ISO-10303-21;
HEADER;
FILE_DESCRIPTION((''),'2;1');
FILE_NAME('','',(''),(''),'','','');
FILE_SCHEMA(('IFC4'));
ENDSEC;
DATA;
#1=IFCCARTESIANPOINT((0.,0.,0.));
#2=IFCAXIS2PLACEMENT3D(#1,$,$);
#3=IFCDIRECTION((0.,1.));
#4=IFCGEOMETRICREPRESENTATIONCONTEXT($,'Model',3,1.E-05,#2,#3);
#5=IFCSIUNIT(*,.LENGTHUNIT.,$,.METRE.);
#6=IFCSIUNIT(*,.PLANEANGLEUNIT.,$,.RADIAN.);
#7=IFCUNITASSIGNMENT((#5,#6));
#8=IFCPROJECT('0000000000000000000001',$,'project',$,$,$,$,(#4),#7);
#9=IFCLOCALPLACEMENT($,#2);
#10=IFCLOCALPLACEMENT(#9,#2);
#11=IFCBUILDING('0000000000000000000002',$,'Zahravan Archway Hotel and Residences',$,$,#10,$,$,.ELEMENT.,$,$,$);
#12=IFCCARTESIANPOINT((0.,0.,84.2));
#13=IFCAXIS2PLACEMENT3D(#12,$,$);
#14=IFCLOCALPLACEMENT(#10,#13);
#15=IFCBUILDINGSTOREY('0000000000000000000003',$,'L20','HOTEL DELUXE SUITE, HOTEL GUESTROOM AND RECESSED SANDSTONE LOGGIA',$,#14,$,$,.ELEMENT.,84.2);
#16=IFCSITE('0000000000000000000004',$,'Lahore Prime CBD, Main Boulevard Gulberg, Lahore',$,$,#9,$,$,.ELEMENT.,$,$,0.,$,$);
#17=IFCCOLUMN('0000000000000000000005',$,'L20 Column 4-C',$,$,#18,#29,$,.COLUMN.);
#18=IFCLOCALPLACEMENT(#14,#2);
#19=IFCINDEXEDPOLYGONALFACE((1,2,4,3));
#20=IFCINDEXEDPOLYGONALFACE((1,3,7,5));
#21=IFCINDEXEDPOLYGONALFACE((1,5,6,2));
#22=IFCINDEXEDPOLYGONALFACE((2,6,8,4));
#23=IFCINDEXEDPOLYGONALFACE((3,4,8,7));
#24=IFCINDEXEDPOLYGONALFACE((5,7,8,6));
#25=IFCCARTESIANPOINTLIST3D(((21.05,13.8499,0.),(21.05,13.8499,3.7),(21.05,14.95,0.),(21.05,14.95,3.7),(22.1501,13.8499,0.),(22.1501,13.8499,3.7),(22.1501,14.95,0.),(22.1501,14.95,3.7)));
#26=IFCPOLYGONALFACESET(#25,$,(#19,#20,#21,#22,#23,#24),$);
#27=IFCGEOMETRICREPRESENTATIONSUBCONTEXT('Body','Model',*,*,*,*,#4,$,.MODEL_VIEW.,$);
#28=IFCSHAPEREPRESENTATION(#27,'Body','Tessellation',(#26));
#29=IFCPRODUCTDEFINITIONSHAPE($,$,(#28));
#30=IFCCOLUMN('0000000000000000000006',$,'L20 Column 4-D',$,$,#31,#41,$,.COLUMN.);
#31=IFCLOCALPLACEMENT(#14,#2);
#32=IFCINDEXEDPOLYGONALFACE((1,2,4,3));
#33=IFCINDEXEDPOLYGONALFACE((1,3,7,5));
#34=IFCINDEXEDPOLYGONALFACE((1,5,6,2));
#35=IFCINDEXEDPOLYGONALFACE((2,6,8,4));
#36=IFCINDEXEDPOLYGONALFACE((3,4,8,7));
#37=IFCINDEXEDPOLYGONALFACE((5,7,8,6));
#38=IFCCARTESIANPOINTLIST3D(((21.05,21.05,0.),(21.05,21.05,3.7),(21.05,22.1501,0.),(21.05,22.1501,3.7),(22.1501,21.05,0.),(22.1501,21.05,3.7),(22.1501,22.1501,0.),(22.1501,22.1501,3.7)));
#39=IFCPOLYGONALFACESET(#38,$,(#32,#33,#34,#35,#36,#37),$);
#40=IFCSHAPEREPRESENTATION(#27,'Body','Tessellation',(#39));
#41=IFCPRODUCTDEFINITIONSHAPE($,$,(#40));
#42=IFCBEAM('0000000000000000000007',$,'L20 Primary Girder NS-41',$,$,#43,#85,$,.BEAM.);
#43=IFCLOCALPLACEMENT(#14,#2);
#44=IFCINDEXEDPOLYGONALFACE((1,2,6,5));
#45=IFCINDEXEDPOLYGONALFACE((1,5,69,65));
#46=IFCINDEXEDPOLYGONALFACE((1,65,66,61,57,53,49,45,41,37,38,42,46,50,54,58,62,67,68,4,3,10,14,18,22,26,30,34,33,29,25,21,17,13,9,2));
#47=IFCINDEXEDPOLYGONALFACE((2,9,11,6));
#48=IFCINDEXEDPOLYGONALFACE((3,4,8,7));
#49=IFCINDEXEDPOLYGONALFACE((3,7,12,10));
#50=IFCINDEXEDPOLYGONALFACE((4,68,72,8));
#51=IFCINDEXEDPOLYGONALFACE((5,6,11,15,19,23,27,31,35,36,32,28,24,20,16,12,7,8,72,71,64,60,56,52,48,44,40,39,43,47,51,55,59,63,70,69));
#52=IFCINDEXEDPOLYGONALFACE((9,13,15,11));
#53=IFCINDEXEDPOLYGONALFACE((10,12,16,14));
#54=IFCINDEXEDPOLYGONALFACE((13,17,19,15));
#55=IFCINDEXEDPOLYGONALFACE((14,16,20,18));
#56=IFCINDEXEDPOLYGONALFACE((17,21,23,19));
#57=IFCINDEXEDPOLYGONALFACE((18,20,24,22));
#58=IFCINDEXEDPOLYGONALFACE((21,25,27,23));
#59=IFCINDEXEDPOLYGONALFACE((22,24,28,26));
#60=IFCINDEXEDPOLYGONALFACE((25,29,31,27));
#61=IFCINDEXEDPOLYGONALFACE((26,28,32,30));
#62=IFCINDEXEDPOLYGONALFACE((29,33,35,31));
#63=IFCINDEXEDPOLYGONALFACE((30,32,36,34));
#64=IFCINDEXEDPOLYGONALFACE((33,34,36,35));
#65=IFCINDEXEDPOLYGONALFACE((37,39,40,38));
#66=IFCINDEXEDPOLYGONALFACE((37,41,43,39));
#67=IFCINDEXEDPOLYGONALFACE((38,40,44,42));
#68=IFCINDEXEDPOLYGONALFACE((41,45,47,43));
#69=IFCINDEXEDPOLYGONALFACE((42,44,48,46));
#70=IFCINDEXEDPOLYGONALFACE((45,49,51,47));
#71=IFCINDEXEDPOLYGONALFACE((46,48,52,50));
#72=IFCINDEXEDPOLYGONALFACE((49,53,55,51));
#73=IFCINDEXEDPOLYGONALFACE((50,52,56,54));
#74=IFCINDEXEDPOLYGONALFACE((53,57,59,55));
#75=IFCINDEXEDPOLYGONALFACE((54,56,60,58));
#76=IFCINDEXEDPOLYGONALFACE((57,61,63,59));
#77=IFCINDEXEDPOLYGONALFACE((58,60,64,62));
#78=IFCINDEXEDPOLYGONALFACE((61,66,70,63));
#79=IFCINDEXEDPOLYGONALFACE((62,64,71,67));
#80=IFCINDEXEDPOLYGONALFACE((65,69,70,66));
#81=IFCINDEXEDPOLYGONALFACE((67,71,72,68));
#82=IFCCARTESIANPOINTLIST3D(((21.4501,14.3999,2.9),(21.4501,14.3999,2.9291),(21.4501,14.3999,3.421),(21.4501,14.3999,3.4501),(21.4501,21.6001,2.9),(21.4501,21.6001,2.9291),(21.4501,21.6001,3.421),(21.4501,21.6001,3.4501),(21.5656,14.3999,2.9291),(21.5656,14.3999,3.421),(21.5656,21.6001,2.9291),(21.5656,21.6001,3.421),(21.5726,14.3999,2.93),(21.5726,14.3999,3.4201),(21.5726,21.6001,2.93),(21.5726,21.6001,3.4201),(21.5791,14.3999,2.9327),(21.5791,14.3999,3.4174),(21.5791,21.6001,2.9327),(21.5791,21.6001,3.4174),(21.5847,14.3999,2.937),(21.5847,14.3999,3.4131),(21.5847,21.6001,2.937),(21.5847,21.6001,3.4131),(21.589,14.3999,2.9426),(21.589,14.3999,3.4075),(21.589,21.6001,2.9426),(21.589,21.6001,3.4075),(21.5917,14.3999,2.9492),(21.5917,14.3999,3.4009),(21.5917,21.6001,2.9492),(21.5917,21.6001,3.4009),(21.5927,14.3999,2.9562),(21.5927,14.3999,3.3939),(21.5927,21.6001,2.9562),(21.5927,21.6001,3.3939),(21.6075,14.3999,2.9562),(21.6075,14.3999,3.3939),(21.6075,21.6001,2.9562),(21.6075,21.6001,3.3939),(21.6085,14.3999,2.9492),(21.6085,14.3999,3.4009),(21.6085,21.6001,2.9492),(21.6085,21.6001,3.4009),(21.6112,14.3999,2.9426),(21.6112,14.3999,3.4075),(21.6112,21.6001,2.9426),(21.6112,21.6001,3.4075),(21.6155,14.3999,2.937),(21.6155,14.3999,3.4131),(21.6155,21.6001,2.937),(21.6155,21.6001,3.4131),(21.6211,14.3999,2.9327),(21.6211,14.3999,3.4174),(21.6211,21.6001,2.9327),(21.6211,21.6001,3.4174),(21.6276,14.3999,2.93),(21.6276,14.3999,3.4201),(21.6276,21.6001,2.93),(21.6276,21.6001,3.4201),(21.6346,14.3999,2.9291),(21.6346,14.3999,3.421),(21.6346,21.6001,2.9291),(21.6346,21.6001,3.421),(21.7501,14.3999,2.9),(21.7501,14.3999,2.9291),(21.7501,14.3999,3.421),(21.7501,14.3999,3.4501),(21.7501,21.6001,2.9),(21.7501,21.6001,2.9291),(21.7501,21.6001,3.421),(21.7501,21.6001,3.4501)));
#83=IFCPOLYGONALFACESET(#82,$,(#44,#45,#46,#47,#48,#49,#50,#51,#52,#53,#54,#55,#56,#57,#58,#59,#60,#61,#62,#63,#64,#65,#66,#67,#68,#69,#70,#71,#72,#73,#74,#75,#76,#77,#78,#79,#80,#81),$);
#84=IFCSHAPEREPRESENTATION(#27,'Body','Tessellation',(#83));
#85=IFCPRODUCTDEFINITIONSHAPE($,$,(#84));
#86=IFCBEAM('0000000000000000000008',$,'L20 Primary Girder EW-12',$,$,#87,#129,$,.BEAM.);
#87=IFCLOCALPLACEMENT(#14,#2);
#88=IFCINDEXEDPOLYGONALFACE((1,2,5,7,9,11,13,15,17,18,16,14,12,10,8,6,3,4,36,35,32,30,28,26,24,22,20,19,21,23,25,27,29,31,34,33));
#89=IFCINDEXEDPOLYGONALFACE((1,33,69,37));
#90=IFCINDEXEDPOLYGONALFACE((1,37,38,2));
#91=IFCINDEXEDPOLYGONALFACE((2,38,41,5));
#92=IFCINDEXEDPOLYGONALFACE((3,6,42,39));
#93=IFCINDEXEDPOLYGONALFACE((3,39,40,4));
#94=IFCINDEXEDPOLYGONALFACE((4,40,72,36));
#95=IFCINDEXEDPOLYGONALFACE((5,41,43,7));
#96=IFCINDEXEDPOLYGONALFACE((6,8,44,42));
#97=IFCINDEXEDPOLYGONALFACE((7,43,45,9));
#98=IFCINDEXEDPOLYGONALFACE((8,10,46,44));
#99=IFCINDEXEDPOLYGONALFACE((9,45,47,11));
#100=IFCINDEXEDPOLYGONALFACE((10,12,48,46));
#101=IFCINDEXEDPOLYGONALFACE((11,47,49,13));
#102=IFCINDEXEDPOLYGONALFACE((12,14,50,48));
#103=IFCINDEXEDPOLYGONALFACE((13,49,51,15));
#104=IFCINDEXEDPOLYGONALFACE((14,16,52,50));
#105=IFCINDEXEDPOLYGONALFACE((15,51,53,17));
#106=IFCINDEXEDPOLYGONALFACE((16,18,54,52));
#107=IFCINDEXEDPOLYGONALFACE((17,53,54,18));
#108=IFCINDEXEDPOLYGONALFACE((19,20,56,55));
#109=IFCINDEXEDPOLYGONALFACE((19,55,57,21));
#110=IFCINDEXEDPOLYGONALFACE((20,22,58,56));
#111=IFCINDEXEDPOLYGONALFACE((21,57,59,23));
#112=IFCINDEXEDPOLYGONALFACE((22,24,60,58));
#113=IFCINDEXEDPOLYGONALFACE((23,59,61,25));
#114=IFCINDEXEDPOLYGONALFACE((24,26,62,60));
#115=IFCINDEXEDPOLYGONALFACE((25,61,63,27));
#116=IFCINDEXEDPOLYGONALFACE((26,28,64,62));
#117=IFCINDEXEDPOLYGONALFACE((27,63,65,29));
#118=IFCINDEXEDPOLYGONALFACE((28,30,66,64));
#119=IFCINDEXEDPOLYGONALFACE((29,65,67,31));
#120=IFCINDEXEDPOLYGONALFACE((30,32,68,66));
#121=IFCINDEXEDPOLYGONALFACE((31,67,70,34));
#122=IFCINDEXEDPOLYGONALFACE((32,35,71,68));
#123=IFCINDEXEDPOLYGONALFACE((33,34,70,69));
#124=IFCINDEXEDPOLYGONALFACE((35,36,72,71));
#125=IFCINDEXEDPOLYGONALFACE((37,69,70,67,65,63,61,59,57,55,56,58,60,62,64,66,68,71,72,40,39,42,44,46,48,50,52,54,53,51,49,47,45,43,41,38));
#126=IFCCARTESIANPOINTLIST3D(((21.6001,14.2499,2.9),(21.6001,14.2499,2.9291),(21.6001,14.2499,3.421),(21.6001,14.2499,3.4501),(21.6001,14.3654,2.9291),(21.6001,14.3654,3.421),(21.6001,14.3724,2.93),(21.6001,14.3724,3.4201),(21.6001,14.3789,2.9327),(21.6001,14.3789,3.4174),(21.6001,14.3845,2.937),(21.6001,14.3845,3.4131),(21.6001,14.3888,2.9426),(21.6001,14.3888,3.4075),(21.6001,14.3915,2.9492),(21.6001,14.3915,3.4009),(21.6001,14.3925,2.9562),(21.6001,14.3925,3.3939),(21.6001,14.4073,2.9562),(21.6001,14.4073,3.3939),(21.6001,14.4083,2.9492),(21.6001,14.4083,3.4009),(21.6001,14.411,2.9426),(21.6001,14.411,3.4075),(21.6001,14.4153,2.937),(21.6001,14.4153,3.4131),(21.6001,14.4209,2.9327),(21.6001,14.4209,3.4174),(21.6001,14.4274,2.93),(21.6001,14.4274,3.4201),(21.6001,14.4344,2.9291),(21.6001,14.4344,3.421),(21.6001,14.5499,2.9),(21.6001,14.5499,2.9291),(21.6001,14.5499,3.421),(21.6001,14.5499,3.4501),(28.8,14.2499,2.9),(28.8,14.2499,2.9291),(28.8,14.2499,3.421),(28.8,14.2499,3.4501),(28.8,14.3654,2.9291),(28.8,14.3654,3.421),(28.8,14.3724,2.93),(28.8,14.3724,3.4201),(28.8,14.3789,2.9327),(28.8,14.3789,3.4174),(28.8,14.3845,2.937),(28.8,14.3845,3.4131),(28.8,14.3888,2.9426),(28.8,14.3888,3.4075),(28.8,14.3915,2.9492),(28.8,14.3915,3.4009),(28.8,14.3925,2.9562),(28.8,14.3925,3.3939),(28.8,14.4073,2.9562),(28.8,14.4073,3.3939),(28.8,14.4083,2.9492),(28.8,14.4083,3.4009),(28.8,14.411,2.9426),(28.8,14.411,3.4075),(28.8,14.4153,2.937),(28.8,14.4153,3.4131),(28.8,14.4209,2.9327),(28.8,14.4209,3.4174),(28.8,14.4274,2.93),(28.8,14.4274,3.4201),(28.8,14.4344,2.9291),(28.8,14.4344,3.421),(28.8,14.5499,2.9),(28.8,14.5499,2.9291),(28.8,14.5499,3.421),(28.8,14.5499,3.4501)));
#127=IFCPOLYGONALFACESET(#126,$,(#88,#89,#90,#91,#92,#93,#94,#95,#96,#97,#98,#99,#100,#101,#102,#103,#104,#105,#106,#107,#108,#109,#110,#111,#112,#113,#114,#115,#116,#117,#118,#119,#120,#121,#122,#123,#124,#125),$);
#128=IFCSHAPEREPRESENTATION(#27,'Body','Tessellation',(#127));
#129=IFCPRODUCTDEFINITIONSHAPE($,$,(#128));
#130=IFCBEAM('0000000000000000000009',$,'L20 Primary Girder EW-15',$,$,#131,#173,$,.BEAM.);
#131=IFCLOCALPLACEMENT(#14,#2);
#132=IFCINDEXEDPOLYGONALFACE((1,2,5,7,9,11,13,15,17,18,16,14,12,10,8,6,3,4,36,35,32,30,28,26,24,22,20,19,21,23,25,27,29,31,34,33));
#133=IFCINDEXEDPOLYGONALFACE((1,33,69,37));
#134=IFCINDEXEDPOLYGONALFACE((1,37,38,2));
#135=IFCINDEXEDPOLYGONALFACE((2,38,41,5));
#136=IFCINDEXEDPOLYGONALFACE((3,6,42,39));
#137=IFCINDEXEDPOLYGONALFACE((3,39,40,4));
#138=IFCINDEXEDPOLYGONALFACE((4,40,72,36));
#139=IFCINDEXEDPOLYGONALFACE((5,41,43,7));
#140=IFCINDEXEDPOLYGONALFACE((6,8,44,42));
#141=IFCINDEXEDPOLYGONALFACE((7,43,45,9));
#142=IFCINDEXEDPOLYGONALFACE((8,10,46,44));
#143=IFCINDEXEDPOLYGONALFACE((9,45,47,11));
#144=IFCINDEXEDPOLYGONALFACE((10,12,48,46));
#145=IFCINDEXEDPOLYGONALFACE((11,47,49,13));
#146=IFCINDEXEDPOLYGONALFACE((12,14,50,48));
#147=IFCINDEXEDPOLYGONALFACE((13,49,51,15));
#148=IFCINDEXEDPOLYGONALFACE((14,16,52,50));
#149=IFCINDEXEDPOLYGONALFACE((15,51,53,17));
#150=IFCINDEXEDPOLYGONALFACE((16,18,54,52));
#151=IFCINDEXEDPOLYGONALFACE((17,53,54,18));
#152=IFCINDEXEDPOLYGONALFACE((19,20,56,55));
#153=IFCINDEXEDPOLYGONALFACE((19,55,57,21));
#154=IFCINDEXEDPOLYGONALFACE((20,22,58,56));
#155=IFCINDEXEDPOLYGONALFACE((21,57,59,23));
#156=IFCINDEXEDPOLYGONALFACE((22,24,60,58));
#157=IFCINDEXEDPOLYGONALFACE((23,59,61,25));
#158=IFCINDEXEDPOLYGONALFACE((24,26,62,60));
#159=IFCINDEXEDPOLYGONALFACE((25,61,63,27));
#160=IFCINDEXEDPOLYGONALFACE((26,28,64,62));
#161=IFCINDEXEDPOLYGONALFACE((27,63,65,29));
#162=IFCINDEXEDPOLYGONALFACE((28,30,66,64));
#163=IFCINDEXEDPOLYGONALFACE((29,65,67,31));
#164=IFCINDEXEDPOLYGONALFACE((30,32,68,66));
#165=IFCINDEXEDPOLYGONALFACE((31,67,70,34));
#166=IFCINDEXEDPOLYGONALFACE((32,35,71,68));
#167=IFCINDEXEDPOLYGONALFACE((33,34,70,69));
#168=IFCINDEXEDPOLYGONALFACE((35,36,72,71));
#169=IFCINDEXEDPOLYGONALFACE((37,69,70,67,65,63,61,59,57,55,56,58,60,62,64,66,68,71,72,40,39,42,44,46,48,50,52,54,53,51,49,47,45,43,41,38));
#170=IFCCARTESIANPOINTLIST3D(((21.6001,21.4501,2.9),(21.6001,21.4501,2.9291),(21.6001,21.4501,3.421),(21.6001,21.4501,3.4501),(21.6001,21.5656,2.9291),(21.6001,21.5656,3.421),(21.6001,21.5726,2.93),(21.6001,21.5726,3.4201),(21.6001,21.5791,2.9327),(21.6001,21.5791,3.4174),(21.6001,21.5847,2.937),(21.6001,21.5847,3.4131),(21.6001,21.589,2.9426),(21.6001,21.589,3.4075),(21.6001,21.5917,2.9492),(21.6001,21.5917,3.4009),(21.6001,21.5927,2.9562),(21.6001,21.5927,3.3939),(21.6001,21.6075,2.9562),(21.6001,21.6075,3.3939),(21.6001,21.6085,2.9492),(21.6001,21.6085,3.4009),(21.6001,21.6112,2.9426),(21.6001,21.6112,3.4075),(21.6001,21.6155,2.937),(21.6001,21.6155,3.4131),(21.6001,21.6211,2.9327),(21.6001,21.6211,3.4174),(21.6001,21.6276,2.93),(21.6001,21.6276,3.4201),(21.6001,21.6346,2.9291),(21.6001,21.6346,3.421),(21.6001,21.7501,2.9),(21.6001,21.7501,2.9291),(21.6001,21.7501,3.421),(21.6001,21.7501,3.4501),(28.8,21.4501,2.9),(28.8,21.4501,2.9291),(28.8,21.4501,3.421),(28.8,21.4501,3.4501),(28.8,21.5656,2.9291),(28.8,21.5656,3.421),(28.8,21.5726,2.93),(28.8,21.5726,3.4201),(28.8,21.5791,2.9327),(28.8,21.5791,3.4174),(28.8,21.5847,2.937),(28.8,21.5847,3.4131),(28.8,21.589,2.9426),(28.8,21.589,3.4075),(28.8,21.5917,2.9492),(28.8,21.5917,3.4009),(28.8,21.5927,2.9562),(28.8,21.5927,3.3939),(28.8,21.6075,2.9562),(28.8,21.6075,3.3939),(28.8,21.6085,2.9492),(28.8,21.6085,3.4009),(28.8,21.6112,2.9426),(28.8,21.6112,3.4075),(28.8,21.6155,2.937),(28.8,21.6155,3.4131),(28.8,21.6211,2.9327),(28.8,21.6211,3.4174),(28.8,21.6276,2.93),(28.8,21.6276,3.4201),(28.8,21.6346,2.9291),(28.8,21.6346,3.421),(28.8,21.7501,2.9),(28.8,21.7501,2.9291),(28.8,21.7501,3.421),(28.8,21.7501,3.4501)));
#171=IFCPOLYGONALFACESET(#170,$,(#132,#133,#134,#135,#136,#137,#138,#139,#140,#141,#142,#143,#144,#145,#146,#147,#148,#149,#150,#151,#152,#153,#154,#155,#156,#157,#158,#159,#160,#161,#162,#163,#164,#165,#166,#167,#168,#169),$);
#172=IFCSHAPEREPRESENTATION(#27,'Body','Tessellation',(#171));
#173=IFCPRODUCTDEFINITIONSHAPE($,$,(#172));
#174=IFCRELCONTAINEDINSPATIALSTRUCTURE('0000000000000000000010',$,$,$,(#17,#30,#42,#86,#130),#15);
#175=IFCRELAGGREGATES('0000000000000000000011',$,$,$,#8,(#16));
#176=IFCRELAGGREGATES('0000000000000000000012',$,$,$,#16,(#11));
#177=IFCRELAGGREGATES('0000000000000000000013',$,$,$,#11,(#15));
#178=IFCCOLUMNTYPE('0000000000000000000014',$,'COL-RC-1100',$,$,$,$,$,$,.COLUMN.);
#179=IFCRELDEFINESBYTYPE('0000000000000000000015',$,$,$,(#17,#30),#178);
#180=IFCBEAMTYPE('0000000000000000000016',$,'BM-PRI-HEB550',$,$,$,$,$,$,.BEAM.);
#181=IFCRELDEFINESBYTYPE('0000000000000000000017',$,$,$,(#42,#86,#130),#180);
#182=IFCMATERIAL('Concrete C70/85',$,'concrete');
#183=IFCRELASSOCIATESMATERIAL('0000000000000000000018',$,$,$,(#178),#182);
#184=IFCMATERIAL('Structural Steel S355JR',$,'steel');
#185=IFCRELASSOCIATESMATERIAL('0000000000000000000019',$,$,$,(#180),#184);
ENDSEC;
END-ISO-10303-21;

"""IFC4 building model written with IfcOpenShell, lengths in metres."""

from ifc_helpers import new_model, si_unit, direction, frame, origin, origin_2d, place, context, subcontext, project, spatial, rectangle, i_section, extrude, source, transform, mapped, material, material_profile, profile_set, type_object, type_shapes, element, save


model = new_model("IFC4")

# Units and contexts
model_context = context("Model", 3, precision=1e-05, world=origin(), true_north=direction((0.0, 1.0)))
body_context = subcontext(model_context, "Body", "Model", "MODEL_VIEW")
ifc_project = project(units=[si_unit("LENGTHUNIT", "METRE"), si_unit("PLANEANGLEUNIT", "RADIAN")], contexts=[model_context])

# Site, building, storey
site_placement = place(None, origin())
site = spatial("IfcSite", under=ifc_project, at=site_placement, Name="Lahore Prime CBD, Main Boulevard Gulberg, Lahore", CompositionType="ELEMENT", RefElevation=0.0)
building_placement = place(site_placement, origin())
building = spatial("IfcBuilding", under=site, at=building_placement, Name="Zahravan Archway Hotel and Residences", CompositionType="ELEMENT")
storey_placement = place(building_placement, frame((0.0, 0.0, 84.2)))
storey = spatial("IfcBuildingStorey", under=building, at=storey_placement, Name="L20", Description="HOTEL DELUXE SUITE, HOTEL GUESTROOM AND RECESSED SANDSTONE LOGGIA", CompositionType="ELEMENT", Elevation=84.2)

# Columns
ifc_material_1 = material(Name="Concrete C70/85", Category="concrete")
ifc_material_profile_1 = material_profile(ifc_material_1, rectangle(XDim=1.1001, YDim=1.1001, at=origin_2d()), Name="RC 1100x1100", Category="concrete")
ifc_profile_set_1 = profile_set([ifc_material_profile_1], Name="Concrete C70/85")
column_type = type_object("IfcColumnType", Name="COL-RC-1100", PredefinedType="COLUMN", material=ifc_profile_set_1)
shared_shape_1 = source(origin(), body_context, "Body", "SweptSolid", [
    extrude(rectangle(XDim=1.1001, YDim=1.1001, at=origin_2d()), origin(), (0.0, 0.0, 1.0), 3.7),
])
for number, where, z_axis, x_axis, name in (
    (1, (21.6001, 14.3999, 0.0), (0.0, 0.0, 1.0), (1.0, 0.0, 0.0), "L20 Column 4-C"),
    (2, (21.6001, 21.6001, 0.0), (0.0, 0.0, 1.0), (1.0, 0.0, 0.0), "L20 Column 4-D"),
):
    element("IfcColumn", number, at=place(storey_placement, frame(where, z_axis=z_axis, x_axis=x_axis)), inside=storey, type_object=column_type, Name=name, PredefinedType="COLUMN", context=body_context, shape_type="MappedRepresentation", body=[
        mapped(shared_shape_1, transform((0.0, 0.0, 0.0), scale=1.0)),
    ])

# Beams
ifc_material_2 = material(Name="Structural Steel S355JR", Category="steel")
ifc_material_profile_2 = material_profile(ifc_material_2, i_section(OverallWidth=0.3, OverallDepth=0.55, WebThickness=0.0149, FlangeThickness=0.0291, FilletRadius=0.0271, at=origin_2d()), Name="HEB 550", Category="steel")
ifc_profile_set_2 = profile_set([ifc_material_profile_2], Name="Structural Steel S355JR")
beam_type_1 = type_object("IfcBeamType", Name="BM-PRI-HEB550", PredefinedType="BEAM", material=ifc_profile_set_2)
shared_shape_2 = source(origin(), body_context, "Body", "SweptSolid", [
    extrude(i_section(OverallWidth=0.3, OverallDepth=0.55, WebThickness=0.0149, FlangeThickness=0.0291, FilletRadius=0.0271, at=origin_2d()), origin(), (0.0, 0.0, 1.0), 7.2002),
])
type_shapes(beam_type_1, [shared_shape_2])
beam_1_placement = place(storey_placement, frame((21.6001, 14.3999, 3.175), z_axis=(0.0, 1.0, 0.0), x_axis=(-1.0, 0.0, 0.0)))
element("IfcBeam", 3, at=beam_1_placement, inside=storey, type_object=beam_type_1, Name="L20 Primary Girder NS-41", PredefinedType="BEAM", context=body_context, shape_type="MappedRepresentation", body=[
    mapped(shared_shape_2, transform((0.0, 0.0, 0.0), scale=1.0)),
])
shared_shape_3 = source(origin(), body_context, "Body", "SweptSolid", [
    extrude(i_section(OverallWidth=0.3, OverallDepth=0.55, WebThickness=0.0149, FlangeThickness=0.0291, FilletRadius=0.0271, at=origin_2d()), origin(), (0.0, 0.0, 1.0), 7.2),
])
for number, where, z_axis, x_axis, name in (
    (4, (21.6001, 14.3999, 3.175), (1.0, 0.0, 0.0), (0.0, 1.0, 0.0), "L20 Primary Girder EW-12"),
    (5, (21.6001, 21.6001, 3.175), (1.0, 0.0, 0.0), (0.0, 1.0, 0.0), "L20 Primary Girder EW-15"),
):
    element("IfcBeam", number, at=place(storey_placement, frame(where, z_axis=z_axis, x_axis=x_axis)), inside=storey, type_object=beam_type_1, Name=name, PredefinedType="BEAM", context=body_context, shape_type="MappedRepresentation", body=[
        mapped(shared_shape_3, transform((0.0, 0.0, 0.0), scale=1.0)),
    ])

save(model, "model.ifc")
